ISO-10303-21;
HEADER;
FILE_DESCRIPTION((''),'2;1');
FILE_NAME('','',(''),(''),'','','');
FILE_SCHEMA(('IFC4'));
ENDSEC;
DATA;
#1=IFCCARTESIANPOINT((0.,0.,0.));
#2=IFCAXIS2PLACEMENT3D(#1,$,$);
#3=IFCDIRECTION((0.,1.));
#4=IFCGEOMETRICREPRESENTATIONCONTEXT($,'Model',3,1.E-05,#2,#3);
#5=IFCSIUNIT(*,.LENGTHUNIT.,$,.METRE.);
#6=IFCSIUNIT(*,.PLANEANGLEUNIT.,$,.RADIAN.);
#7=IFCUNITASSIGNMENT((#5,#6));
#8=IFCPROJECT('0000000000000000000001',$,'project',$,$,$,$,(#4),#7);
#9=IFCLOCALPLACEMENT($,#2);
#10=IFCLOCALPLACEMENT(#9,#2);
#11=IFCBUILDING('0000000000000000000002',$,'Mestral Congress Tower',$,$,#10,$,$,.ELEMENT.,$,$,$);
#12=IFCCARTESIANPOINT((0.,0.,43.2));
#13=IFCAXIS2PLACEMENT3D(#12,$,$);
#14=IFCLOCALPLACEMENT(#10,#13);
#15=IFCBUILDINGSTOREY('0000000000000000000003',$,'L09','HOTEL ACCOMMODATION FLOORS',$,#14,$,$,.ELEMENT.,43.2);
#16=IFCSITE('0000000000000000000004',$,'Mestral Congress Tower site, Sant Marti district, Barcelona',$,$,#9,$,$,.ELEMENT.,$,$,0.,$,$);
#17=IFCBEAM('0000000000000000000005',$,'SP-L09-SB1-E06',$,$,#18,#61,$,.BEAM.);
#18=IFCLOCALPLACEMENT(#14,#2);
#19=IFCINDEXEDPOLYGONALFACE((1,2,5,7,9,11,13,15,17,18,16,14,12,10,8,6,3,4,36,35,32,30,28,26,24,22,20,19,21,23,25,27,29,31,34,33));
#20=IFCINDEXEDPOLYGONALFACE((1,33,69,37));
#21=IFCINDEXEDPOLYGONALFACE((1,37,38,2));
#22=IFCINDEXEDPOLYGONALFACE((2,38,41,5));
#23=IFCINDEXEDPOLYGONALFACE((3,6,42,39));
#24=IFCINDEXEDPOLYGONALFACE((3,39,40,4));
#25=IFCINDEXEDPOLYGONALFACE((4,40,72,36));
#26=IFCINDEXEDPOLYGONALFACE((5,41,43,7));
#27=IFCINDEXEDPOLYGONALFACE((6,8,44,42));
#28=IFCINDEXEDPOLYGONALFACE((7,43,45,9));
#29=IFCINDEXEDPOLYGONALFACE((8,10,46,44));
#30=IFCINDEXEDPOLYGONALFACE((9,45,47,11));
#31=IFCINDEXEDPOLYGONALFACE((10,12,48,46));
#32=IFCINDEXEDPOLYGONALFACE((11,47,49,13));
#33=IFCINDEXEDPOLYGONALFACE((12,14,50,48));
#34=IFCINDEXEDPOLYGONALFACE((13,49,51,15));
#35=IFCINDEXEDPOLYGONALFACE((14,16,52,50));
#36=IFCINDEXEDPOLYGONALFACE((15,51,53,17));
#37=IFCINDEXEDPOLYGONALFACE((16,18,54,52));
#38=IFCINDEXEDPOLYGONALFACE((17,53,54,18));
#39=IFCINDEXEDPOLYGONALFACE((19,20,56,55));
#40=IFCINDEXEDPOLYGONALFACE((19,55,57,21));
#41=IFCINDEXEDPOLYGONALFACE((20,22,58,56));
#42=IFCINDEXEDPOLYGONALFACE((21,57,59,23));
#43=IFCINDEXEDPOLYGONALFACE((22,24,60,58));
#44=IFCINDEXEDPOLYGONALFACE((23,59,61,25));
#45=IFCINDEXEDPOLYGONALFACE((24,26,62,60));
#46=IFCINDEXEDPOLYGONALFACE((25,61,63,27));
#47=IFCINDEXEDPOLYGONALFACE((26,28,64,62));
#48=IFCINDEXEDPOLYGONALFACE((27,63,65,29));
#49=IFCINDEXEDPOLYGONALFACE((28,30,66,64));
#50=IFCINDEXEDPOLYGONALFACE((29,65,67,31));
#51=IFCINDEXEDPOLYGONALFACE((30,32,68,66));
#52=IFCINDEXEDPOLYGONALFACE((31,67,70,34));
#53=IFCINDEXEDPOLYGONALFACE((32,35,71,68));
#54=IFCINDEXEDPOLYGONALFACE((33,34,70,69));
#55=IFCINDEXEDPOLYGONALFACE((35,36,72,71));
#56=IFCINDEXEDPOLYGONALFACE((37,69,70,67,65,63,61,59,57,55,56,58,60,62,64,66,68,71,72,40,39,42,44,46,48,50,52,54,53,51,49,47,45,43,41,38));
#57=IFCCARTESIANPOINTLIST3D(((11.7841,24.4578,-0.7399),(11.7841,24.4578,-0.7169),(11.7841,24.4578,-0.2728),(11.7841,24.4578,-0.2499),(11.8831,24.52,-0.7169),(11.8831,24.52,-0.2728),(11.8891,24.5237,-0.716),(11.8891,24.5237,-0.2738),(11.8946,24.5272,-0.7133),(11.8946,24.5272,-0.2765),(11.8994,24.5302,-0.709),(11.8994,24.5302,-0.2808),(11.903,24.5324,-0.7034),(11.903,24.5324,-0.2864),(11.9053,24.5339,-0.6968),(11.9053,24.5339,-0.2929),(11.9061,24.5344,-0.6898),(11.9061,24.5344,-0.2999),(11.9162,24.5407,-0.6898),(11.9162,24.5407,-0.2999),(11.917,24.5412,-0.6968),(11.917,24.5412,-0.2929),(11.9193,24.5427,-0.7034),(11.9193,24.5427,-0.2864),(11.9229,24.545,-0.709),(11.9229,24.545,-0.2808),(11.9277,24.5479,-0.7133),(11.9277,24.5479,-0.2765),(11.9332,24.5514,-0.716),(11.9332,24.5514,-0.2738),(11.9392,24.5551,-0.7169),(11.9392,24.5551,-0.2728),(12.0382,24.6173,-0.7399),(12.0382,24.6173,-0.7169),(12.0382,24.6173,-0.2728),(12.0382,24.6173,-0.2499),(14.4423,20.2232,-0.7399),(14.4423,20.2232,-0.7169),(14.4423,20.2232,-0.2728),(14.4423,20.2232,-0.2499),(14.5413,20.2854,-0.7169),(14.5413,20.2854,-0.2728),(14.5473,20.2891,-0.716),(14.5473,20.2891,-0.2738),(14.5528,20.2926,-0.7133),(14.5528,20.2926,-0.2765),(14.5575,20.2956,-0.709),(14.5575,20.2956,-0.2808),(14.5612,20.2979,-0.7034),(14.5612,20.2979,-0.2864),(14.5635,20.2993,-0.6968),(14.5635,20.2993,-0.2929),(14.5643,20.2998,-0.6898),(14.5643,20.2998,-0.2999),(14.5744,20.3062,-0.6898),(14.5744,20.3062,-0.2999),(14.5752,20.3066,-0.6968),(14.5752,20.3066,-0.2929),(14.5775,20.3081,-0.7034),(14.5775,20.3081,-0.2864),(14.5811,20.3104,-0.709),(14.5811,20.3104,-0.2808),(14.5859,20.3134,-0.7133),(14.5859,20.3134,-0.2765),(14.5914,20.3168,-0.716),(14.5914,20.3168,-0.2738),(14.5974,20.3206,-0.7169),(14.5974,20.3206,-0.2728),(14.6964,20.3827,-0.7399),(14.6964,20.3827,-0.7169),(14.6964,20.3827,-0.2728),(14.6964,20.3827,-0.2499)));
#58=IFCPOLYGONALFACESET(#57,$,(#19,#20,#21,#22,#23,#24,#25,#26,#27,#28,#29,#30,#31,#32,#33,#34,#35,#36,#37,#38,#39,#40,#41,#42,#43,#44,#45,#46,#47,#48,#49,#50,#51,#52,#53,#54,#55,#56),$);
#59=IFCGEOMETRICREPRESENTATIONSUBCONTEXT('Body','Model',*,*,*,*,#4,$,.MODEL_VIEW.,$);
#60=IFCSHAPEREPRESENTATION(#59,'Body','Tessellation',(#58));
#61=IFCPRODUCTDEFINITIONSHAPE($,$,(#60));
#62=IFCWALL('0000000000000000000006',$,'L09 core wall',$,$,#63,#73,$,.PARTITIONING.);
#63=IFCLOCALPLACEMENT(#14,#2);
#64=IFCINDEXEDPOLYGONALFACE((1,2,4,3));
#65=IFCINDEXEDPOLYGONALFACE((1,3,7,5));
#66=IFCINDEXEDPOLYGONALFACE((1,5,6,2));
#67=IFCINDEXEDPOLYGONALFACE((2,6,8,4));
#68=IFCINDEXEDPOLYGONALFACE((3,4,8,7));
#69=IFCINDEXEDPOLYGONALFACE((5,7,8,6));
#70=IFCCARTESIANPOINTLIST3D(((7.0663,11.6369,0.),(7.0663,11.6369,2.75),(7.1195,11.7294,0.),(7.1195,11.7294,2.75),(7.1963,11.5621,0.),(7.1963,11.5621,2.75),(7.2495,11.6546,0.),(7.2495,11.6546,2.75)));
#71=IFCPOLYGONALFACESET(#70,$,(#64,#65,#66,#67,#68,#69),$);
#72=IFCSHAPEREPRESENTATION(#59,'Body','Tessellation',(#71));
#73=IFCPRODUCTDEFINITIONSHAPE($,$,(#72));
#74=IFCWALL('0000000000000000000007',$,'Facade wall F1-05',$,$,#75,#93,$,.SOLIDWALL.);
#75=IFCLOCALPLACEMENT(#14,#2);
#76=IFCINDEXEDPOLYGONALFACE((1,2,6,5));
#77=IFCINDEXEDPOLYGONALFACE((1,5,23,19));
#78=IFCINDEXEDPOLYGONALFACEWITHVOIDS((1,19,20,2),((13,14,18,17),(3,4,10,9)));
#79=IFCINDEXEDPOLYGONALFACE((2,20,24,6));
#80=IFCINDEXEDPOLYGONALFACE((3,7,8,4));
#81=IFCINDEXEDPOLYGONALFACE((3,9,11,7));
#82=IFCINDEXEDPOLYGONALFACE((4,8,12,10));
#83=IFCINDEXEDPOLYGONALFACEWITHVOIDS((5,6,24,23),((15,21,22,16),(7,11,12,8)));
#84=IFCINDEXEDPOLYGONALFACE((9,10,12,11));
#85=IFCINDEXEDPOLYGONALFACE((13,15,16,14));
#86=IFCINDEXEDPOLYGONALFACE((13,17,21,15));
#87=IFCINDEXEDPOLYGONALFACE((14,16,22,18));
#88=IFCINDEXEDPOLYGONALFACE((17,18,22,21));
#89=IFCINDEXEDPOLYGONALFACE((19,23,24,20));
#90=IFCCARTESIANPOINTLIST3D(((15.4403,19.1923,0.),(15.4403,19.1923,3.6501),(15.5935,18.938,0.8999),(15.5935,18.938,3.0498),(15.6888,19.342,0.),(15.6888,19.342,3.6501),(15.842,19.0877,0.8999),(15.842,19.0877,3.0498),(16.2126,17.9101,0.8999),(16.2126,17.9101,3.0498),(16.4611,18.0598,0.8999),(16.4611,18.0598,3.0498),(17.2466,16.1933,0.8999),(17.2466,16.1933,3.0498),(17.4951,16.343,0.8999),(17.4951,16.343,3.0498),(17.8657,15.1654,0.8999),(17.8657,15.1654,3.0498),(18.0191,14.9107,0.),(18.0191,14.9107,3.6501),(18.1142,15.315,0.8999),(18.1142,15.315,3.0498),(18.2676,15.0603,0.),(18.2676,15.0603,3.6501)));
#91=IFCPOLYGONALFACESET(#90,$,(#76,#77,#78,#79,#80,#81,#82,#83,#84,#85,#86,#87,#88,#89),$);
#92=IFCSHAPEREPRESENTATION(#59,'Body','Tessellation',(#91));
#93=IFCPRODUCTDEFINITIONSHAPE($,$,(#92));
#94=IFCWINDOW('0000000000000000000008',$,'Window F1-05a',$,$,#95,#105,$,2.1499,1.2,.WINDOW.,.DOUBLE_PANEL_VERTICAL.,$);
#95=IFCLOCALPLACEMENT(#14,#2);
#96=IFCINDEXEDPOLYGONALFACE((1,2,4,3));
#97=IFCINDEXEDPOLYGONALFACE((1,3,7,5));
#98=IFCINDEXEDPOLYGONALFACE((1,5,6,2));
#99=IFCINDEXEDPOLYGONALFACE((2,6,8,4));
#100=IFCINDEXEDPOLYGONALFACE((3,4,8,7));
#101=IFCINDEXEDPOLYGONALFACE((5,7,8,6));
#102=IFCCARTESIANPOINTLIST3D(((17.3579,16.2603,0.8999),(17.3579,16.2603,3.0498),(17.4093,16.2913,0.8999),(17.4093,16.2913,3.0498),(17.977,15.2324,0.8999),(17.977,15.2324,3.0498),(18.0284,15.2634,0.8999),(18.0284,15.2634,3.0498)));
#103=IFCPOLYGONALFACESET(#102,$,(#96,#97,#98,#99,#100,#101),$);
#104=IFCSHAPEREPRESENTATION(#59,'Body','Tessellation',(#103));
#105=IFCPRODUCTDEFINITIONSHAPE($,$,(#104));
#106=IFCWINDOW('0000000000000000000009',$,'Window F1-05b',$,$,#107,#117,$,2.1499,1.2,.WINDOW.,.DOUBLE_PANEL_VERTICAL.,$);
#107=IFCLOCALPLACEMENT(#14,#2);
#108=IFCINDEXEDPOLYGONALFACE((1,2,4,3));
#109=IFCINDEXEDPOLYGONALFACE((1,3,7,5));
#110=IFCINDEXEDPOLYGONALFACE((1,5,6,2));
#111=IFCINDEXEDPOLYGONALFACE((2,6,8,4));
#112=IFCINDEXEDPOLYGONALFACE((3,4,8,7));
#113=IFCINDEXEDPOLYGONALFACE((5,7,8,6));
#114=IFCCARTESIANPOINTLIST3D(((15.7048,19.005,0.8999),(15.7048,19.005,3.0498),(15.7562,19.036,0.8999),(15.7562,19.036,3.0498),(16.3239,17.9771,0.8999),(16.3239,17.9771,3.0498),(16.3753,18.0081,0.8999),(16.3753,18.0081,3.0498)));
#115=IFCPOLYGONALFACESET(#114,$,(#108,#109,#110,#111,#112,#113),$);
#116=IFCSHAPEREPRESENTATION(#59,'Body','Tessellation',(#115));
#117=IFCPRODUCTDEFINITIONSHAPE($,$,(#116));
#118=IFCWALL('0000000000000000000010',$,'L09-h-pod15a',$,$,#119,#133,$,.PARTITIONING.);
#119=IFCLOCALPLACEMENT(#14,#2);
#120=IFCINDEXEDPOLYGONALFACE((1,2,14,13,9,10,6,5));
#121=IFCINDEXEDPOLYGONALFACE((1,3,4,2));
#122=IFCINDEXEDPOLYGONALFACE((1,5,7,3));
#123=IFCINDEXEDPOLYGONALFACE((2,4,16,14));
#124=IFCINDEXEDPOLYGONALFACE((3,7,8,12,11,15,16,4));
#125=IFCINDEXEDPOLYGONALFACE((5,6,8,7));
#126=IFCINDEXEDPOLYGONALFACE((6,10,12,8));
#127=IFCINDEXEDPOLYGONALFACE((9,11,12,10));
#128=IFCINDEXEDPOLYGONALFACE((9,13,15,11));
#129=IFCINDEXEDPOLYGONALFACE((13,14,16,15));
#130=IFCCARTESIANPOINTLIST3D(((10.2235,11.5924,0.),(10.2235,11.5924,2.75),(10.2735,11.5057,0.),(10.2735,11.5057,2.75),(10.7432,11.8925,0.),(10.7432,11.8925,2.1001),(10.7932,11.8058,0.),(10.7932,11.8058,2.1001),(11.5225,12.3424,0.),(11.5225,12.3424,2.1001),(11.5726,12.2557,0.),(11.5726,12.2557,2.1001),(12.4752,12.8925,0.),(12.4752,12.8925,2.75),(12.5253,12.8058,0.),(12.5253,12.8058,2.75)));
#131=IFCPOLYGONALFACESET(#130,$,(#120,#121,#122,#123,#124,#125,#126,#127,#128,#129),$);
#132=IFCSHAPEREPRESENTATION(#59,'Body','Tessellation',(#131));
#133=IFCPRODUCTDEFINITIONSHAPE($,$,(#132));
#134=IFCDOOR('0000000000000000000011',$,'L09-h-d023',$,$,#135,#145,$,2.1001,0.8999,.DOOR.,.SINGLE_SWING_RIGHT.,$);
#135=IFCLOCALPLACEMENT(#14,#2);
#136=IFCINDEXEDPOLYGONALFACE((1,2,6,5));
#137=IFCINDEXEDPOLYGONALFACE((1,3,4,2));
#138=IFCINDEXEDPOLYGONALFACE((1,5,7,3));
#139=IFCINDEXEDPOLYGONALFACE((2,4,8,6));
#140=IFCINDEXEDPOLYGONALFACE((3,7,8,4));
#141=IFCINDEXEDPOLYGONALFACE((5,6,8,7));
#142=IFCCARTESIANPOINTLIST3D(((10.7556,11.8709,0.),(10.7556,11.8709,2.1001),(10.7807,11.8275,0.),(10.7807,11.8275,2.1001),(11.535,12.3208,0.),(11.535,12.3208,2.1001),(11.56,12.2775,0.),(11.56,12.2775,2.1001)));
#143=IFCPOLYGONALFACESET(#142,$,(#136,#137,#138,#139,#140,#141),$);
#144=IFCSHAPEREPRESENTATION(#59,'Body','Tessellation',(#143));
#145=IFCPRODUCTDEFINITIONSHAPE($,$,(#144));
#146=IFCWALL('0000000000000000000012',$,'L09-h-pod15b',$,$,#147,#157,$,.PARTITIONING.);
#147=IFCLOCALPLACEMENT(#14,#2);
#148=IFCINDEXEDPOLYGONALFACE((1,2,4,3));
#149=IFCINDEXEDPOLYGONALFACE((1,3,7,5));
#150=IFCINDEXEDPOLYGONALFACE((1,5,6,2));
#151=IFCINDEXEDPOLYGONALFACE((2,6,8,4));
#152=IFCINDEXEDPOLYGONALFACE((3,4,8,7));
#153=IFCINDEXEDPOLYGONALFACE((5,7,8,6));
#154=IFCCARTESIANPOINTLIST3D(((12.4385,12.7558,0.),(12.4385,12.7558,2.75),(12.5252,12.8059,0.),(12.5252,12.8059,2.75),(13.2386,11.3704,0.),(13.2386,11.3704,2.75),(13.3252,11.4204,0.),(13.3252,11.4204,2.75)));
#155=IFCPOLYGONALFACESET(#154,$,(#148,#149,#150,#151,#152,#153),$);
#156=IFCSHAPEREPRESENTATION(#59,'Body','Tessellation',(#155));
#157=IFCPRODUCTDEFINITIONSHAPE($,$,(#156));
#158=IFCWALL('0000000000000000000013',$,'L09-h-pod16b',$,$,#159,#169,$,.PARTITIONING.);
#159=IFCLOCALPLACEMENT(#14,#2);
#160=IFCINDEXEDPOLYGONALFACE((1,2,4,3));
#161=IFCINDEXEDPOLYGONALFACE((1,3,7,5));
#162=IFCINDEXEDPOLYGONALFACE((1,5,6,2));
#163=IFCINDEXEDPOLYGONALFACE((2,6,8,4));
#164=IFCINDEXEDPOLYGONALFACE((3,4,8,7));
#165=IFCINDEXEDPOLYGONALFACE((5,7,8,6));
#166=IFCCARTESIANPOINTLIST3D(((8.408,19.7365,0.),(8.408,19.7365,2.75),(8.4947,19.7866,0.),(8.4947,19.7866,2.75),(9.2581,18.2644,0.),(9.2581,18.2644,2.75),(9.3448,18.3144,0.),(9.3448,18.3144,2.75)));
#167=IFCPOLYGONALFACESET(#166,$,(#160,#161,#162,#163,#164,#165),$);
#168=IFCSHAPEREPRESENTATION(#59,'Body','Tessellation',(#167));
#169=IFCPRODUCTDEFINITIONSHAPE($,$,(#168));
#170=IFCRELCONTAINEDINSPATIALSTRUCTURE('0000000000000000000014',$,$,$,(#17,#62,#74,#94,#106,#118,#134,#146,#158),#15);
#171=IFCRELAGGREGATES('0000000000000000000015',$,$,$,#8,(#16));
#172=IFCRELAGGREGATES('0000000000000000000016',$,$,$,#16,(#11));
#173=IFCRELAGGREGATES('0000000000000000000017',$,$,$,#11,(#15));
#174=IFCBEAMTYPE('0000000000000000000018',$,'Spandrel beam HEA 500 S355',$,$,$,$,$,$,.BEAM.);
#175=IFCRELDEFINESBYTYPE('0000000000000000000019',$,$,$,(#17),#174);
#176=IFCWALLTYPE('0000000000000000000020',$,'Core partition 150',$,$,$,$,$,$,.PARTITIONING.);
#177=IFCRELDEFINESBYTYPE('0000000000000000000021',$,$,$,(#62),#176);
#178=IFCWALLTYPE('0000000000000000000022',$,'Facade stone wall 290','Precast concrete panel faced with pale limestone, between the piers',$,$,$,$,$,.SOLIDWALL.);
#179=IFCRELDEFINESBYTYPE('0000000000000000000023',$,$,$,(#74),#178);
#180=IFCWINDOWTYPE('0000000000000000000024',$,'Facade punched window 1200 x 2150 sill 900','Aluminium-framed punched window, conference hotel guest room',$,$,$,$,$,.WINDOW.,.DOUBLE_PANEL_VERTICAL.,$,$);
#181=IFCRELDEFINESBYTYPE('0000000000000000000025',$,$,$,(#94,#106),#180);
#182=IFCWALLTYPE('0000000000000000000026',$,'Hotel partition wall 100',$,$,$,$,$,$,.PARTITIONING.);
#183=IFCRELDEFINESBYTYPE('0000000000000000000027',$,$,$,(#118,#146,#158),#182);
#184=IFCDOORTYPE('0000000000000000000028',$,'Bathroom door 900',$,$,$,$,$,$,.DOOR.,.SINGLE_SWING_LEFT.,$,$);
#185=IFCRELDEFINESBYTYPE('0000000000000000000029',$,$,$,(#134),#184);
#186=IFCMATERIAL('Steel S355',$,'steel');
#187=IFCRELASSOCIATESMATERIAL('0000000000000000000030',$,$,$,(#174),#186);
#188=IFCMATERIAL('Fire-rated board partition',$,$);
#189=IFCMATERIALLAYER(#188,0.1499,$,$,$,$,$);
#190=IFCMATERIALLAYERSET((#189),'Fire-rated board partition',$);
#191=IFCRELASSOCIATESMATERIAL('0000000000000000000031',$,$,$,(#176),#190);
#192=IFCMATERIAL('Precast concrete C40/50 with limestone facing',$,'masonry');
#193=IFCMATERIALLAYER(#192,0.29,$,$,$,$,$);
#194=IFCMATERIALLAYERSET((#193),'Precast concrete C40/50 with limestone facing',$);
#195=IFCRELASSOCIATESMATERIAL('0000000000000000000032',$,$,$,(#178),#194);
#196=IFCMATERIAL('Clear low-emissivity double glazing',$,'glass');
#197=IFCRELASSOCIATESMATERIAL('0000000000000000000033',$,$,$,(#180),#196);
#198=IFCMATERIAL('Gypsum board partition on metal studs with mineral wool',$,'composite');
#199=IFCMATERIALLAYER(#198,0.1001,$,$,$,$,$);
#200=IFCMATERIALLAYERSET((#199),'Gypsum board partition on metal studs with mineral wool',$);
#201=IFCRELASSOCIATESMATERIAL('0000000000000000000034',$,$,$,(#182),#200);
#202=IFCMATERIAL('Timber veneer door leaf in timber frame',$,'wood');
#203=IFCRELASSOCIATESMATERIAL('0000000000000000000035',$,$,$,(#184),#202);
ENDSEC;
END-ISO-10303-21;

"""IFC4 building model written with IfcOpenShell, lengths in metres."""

from ifc_helpers import new_model, si_unit, direction, frame, frame_2d, origin, origin_2d, place, context, subcontext, project, spatial, rectangle, i_section, extrude, material, layer, layer_set, material_profile, profile_set, type_object, element, fill, save


model = new_model("IFC4")

# Units and contexts
model_context = context("Model", 3, precision=1e-05, world=origin(), true_north=direction((0.0, 1.0)))
body_context = subcontext(model_context, "Body", "Model", "MODEL_VIEW")
ifc_project = project(units=[si_unit("LENGTHUNIT", "METRE"), si_unit("PLANEANGLEUNIT", "RADIAN")], contexts=[model_context])

# Site, building, storey
site_placement = place(None, origin())
site = spatial("IfcSite", under=ifc_project, at=site_placement, Name="Mestral Congress Tower site, Sant Marti district, Barcelona", CompositionType="ELEMENT", RefElevation=0.0)
building_placement = place(site_placement, origin())
building = spatial("IfcBuilding", under=site, at=building_placement, Name="Mestral Congress Tower", CompositionType="ELEMENT")
storey_placement = place(building_placement, frame((0.0, 0.0, 43.2)))
storey = spatial("IfcBuildingStorey", under=building, at=storey_placement, Name="L09", Description="HOTEL ACCOMMODATION FLOORS", CompositionType="ELEMENT", Elevation=43.2)

# Beam
ifc_material_1 = material(Name="Steel S355", Category="steel")
ifc_material_profile_1 = material_profile(ifc_material_1, i_section(OverallWidth=0.3, OverallDepth=0.49, WebThickness=0.012, FlangeThickness=0.0229, FilletRadius=0.0271, at=origin_2d()), Name="HEA 500")
ifc_profile_set_1 = profile_set([ifc_material_profile_1], Name="Steel S355")
beam_type_1 = type_object("IfcBeamType", Name="Spandrel beam HEA 500 S355", PredefinedType="BEAM", material=ifc_profile_set_1)
for number, where, z_axis, x_axis, name in (
    (1, (14.5693, 20.303, -0.4949), (-0.531661, 0.846957, 0.0), (-0.846957, -0.531661, 0.0), "SP-L09-SB1-E06"),
):
    element("IfcBeam", number, at=place(storey_placement, frame(where, z_axis=z_axis, x_axis=x_axis)), inside=storey, type_object=beam_type_1, Name=name, PredefinedType="BEAM", context=body_context, shape_type="SweptSolid", body=[
        extrude(i_section(OverallWidth=0.3, OverallDepth=0.49, WebThickness=0.012, FlangeThickness=0.0229, FilletRadius=0.0271, at=origin_2d()), origin(), (0.0, 0.0, 1.0), 4.9998),
    ])

# Wall
ifc_material_2 = material(Name="Fire-rated board partition")
ifc_layer_1 = layer(ifc_material_2, 0.1499)
ifc_layer_set_1 = layer_set([ifc_layer_1], Name="Fire-rated board partition")
wall_type_1 = type_object("IfcWallType", Name="Core partition 150", PredefinedType="PARTITIONING", material=ifc_layer_set_1)
wall_1_placement = place(storey_placement, frame((7.1313, 11.5996, 0.0), z_axis=(0.0, 0.0, 1.0), x_axis=(0.4986, 0.866832, 0.0)))
element("IfcWall", 2, at=wall_1_placement, inside=storey, type_object=wall_type_1, Name="L09 core wall", PredefinedType="PARTITIONING", context=body_context, shape_type="SweptSolid", body=[
    extrude(rectangle(XDim=0.1067, YDim=0.1499, at=frame_2d((0.0532, 0.0))), origin(), (0.0, 0.0, 1.0), 2.75),
])

# Wall, openings, windows
ifc_material_3 = material(Name="Precast concrete C40/50 with limestone facing", Category="masonry")
ifc_layer_2 = layer(ifc_material_3, 0.29)
ifc_layer_set_2 = layer_set([ifc_layer_2], Name="Precast concrete C40/50 with limestone facing")
wall_type_2 = type_object("IfcWallType", Name="Facade stone wall 290", Description="Precast concrete panel faced with pale limestone, between the piers", PredefinedType="SOLIDWALL", material=ifc_layer_set_2)
wall_2_placement = place(storey_placement, frame((18.1433, 14.9856, 0.0), z_axis=(0.0, 0.0, 1.0), x_axis=(-0.515939, 0.856625, 0.0)))
wall_2 = element("IfcWall", 3, at=wall_2_placement, inside=storey, type_object=wall_type_2, Name="Facade wall F1-05", PredefinedType="SOLIDWALL", context=body_context, shape_type="SweptSolid", body=[
    extrude(rectangle(XDim=4.9983, YDim=0.29, at=frame_2d((2.499, 0.0))), origin(), (0.0, 0.0, 1.0), 3.6501),
])
opening_1_placement = place(wall_2_placement, frame((0.2971, 0.0, 0.8999)))
opening_1 = element("IfcOpeningElement", 4, at=opening_1_placement, cuts=wall_2, PredefinedType="OPENING", context=body_context, shape_type="SweptSolid", body=[
    extrude(rectangle(XDim=1.2, YDim=2.1499, at=frame_2d((0.6001, 1.075))), frame((0.0, 0.155, 0.0), z_axis=(0.0, -1.0, 0.0), x_axis=(1.0, 0.0, 0.0)), (0.0, 0.0, 1.0), 0.3101),
])
opening_2_placement = place(wall_2_placement, frame((3.5012, 0.0, 0.8999)))
opening_2 = element("IfcOpeningElement", 5, at=opening_2_placement, cuts=wall_2, PredefinedType="OPENING", context=body_context, shape_type="SweptSolid", body=[
    extrude(rectangle(XDim=1.2, YDim=2.1499, at=frame_2d((0.6001, 1.075))), frame((0.0, 0.155, 0.0), z_axis=(0.0, -1.0, 0.0), x_axis=(1.0, 0.0, 0.0)), (0.0, 0.0, 1.0), 0.3101),
])
ifc_material_4 = material(Name="Clear low-emissivity double glazing", Category="glass")
window_type = type_object("IfcWindowType", Name="Facade punched window 1200 x 2150 sill 900", Description="Aluminium-framed punched window, conference hotel guest room", PartitioningType="DOUBLE_PANEL_VERTICAL", PredefinedType="WINDOW", material=ifc_material_4)
window_1_placement = place(opening_1_placement, origin())
window_1 = element("IfcWindow", 6, at=window_1_placement, inside=storey, type_object=window_type, Name="Window F1-05a", OverallHeight=2.1499, OverallWidth=1.2, PartitioningType="DOUBLE_PANEL_VERTICAL", PredefinedType="WINDOW", context=body_context, shape_type="SweptSolid", body=[
    extrude(rectangle(XDim=1.2, YDim=2.1499, at=frame_2d((0.6001, 1.075))), frame((0.0, 0.0151, 0.0), z_axis=(0.0, -1.0, 0.0), x_axis=(1.0, 0.0, 0.0)), (0.0, 0.0, 1.0), 0.0601),
])
fill(opening_1, window_1)
window_2_placement = place(opening_2_placement, origin())
window_2 = element("IfcWindow", 7, at=window_2_placement, inside=storey, type_object=window_type, Name="Window F1-05b", OverallHeight=2.1499, OverallWidth=1.2, PartitioningType="DOUBLE_PANEL_VERTICAL", PredefinedType="WINDOW", context=body_context, shape_type="SweptSolid", body=[
    extrude(rectangle(XDim=1.2, YDim=2.1499, at=frame_2d((0.6001, 1.075))), frame((0.0, 0.0151, 0.0), z_axis=(0.0, -1.0, 0.0), x_axis=(1.0, 0.0, 0.0)), (0.0, 0.0, 1.0), 0.0601),
])
fill(opening_2, window_2)

# Wall, opening, door
ifc_material_5 = material(Name="Gypsum board partition on metal studs with mineral wool", Category="composite")
ifc_layer_3 = layer(ifc_material_5, 0.1001)
ifc_layer_set_3 = layer_set([ifc_layer_3], Name="Gypsum board partition on metal studs with mineral wool")
wall_type_3 = type_object("IfcWallType", Name="Hotel partition wall 100", PredefinedType="PARTITIONING", material=ifc_layer_set_3)
wall_3_placement = place(storey_placement, frame((12.5002, 12.8491, 0.0), z_axis=(0.0, 0.0, 1.0), x_axis=(-0.866021, -0.500007, 0.0)))
wall_3 = element("IfcWall", 8, at=wall_3_placement, inside=storey, type_object=wall_type_3, Name="L09-h-pod15a", PredefinedType="PARTITIONING", context=body_context, shape_type="SweptSolid", body=[
    extrude(rectangle(XDim=2.6001, YDim=0.1001, at=frame_2d((1.3, 0.0))), origin(), (0.0, 0.0, 1.0), 2.75),
])
opening_3_placement = place(wall_3_placement, frame((1.1001, 0.0, 0.0)))
opening_3 = element("IfcOpeningElement", 9, at=opening_3_placement, cuts=wall_3, PredefinedType="OPENING", context=body_context, shape_type="SweptSolid", body=[
    extrude(rectangle(XDim=0.8999, YDim=2.1001, at=frame_2d((0.45, 1.05))), frame((0.0, 0.0601, 0.0), z_axis=(0.0, -1.0, 0.0), x_axis=(1.0, 0.0, 0.0)), (0.0, 0.0, 1.0), 0.1201),
])
ifc_material_6 = material(Name="Timber veneer door leaf in timber frame", Category="wood")
door_type = type_object("IfcDoorType", Name="Bathroom door 900", OperationType="SINGLE_SWING_LEFT", PredefinedType="DOOR", material=ifc_material_6)
door_placement = place(opening_3_placement, origin())
door = element("IfcDoor", 10, at=door_placement, inside=storey, type_object=door_type, Name="L09-h-d023", OperationType="SINGLE_SWING_RIGHT", OverallHeight=2.1001, OverallWidth=0.8999, PredefinedType="DOOR", context=body_context, shape_type="SweptSolid", body=[
    extrude(rectangle(XDim=0.8999, YDim=2.1001, at=frame_2d((0.45, 1.05))), frame((0.0, 0.0249, 0.0), z_axis=(0.0, -1.0, 0.0), x_axis=(1.0, 0.0, 0.0)), (0.0, 0.0, 1.0), 0.05),
])
fill(opening_3, door)

# Walls
wall_4_placement = place(storey_placement, frame((12.4819, 12.7808, 0.0), z_axis=(0.0, 0.0, 1.0), x_axis=(0.500061, -0.86599, 0.0)))
element("IfcWall", 11, at=wall_4_placement, inside=storey, type_object=wall_type_3, Name="L09-h-pod15b", PredefinedType="PARTITIONING", context=body_context, shape_type="SweptSolid", body=[
    extrude(rectangle(XDim=1.5999, YDim=0.1001, at=frame_2d((0.7998, 0.0))), origin(), (0.0, 0.0, 1.0), 2.75),
])
wall_5_placement = place(storey_placement, frame((9.3015, 18.2893, 0.0), z_axis=(0.0, 0.0, 1.0), x_axis=(-0.500062, 0.865989, 0.0)))
element("IfcWall", 12, at=wall_5_placement, inside=storey, type_object=wall_type_3, Name="L09-h-pod16b", PredefinedType="PARTITIONING", context=body_context, shape_type="SweptSolid", body=[
    extrude(rectangle(XDim=1.7, YDim=0.1001, at=frame_2d((0.8501, 0.0))), origin(), (0.0, 0.0, 1.0), 2.75),
])

save(model, "model.ifc")
